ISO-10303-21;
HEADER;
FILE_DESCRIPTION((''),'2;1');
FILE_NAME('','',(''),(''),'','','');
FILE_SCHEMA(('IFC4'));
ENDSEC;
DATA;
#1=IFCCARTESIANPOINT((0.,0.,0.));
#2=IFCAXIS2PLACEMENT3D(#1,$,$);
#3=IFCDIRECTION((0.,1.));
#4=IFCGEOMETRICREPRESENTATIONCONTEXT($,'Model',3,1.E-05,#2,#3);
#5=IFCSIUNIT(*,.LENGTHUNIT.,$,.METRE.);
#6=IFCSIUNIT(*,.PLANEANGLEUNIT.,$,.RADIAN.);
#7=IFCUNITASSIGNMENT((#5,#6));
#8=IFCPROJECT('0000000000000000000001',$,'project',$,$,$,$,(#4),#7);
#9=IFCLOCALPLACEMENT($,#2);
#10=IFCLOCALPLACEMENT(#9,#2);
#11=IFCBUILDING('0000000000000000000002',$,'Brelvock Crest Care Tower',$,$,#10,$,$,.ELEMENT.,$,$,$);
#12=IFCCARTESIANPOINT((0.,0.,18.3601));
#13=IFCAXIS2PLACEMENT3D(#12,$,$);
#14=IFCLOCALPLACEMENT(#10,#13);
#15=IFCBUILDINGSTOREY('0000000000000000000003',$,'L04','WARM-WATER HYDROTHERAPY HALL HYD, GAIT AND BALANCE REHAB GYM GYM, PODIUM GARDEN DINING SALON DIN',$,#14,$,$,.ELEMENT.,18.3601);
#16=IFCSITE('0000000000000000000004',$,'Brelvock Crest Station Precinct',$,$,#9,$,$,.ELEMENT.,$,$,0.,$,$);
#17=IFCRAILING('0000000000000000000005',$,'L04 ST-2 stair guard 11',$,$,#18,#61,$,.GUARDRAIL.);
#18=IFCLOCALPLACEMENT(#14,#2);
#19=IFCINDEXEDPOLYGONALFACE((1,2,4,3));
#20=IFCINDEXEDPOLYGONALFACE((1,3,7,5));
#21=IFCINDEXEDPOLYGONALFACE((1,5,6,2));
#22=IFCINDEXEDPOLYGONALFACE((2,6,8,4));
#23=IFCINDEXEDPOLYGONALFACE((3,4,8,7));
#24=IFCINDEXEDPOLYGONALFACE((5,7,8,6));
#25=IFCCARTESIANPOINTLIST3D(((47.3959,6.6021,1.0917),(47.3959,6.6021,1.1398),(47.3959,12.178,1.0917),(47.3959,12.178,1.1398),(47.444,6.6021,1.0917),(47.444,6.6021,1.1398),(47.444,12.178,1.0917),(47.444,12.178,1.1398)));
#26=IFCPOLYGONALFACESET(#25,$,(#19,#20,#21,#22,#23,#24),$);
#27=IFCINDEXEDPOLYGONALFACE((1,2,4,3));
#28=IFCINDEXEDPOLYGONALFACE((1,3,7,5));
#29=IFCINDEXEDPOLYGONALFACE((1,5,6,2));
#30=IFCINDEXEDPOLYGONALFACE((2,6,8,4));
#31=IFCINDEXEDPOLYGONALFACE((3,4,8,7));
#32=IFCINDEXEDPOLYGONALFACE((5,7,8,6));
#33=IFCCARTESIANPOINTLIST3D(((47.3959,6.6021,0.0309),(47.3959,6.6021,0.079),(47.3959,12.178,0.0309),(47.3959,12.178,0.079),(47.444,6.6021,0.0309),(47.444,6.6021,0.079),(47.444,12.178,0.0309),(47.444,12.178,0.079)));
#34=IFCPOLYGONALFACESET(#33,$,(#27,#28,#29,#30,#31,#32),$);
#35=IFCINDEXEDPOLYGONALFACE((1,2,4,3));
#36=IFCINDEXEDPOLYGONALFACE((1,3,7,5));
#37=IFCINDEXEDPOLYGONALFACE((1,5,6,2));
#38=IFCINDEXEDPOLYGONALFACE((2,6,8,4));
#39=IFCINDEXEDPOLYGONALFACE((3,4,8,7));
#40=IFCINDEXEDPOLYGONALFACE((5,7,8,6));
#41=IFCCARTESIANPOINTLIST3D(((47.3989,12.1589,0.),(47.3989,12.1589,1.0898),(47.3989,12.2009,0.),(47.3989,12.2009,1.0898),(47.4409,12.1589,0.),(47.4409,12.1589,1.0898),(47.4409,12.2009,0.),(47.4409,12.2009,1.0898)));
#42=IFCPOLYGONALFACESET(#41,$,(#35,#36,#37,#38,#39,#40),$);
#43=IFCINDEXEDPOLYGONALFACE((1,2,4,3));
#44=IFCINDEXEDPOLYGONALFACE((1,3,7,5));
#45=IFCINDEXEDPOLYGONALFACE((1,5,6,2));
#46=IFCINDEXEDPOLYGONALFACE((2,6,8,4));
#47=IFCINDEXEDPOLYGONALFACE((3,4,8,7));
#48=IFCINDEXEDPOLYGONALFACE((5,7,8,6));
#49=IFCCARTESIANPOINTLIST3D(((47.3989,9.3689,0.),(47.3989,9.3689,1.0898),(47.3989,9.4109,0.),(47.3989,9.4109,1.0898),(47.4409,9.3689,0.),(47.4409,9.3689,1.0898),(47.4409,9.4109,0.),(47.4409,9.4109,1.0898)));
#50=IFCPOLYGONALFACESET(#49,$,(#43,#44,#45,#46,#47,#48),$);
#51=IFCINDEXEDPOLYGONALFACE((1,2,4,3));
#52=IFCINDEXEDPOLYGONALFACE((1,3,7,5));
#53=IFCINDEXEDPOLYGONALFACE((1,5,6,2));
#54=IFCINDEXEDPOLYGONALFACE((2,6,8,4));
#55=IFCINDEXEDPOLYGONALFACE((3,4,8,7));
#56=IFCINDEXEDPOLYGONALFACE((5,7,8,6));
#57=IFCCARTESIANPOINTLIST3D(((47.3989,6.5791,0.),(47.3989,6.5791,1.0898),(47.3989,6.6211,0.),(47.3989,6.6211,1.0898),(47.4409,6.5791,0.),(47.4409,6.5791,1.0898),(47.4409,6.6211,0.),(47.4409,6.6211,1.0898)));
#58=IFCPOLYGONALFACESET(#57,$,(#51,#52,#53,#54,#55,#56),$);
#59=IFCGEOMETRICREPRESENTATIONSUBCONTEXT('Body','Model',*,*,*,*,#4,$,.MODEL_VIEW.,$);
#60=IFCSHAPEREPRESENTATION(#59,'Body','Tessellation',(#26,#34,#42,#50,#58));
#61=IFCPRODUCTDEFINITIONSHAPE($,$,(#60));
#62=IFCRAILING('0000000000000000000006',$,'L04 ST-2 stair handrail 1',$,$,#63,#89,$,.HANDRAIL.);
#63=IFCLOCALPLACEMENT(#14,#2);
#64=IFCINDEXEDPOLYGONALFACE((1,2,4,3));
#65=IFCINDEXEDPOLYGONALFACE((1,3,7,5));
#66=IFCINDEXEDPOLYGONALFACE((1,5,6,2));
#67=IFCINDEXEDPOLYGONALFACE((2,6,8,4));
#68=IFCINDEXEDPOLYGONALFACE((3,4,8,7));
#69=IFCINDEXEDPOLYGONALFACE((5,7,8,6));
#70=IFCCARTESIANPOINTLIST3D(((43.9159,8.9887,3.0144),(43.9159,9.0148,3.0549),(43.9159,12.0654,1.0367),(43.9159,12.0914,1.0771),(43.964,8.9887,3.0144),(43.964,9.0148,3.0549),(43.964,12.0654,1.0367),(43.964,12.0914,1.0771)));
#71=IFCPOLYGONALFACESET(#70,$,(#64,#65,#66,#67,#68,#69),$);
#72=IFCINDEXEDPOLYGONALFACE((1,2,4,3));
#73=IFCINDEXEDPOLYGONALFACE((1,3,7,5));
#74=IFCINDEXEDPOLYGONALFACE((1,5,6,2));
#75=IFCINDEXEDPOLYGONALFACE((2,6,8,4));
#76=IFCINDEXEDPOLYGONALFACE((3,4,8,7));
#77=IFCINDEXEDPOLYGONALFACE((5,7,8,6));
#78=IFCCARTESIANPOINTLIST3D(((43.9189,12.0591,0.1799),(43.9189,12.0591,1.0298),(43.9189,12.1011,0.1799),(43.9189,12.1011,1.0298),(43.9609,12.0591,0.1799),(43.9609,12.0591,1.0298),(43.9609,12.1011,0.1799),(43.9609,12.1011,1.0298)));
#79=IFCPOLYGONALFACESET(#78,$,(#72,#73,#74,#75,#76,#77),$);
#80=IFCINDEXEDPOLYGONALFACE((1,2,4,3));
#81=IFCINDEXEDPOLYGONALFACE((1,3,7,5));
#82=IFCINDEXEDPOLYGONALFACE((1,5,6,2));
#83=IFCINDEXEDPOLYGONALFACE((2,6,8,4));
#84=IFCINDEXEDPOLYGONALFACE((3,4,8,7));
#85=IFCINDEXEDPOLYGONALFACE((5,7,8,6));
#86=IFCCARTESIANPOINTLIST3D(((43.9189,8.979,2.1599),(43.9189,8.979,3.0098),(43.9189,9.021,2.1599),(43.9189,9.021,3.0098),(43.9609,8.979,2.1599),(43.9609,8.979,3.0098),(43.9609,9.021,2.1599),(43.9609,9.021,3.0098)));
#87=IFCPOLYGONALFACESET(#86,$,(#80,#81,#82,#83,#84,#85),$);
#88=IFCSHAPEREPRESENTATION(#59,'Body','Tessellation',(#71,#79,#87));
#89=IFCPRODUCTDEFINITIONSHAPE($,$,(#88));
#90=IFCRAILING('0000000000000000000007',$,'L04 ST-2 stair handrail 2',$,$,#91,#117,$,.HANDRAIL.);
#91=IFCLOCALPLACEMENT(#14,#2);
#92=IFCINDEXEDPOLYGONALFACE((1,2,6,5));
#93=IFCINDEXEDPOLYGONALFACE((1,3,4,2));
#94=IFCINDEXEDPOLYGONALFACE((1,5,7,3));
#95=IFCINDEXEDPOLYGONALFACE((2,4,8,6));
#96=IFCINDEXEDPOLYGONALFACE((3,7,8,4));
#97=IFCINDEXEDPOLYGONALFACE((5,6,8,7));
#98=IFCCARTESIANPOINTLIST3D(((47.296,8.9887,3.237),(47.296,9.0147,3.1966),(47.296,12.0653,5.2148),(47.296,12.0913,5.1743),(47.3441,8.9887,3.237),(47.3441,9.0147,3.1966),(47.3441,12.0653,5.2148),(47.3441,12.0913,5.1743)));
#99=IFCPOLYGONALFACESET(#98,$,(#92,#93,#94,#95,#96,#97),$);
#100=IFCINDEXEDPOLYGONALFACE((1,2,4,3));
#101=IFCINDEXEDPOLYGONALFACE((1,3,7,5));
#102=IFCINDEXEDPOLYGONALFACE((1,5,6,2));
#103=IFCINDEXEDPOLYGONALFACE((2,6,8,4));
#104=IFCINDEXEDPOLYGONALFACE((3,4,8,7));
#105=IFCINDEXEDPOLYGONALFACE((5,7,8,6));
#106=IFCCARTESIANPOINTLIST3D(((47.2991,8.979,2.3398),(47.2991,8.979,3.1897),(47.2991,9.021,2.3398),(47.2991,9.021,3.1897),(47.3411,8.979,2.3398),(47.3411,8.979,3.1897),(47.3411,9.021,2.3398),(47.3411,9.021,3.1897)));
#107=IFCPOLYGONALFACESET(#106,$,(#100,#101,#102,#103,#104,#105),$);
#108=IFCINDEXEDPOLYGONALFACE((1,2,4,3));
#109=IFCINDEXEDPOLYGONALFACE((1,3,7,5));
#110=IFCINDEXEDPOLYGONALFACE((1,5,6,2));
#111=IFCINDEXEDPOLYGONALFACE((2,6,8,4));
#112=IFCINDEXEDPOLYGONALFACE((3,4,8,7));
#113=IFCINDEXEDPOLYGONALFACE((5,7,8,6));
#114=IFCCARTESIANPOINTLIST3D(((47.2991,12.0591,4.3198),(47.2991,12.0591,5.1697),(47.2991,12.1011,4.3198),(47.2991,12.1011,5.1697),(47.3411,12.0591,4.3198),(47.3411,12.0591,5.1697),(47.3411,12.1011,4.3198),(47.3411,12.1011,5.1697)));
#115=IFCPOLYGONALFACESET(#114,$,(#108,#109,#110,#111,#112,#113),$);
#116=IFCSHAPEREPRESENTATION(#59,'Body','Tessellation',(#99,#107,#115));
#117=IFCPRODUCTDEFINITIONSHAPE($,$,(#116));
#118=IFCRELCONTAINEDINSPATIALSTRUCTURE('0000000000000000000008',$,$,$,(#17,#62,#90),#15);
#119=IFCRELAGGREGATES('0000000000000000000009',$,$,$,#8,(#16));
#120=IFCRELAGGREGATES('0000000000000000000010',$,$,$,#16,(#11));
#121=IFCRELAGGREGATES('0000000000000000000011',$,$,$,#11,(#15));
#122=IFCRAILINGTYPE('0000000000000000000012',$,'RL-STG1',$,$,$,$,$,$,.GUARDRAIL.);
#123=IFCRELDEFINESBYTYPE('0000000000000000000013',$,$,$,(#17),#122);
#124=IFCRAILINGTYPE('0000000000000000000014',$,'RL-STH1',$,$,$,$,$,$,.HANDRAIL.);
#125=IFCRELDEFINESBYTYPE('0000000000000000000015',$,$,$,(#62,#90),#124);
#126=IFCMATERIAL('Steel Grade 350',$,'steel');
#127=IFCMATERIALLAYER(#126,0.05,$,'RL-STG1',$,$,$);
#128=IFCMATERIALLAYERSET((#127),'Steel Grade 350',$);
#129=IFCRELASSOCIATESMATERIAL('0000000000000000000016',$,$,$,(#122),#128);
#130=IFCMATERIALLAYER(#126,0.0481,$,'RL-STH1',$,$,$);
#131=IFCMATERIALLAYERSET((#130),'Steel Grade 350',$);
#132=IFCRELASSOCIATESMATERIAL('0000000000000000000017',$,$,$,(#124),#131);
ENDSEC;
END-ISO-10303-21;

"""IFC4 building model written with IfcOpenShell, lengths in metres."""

from ifc_helpers import new_model, si_unit, direction, frame, origin, origin_2d, place, context, subcontext, project, spatial, rectangle, extrude, material, layer, layer_set, type_object, element, save


model = new_model("IFC4")

# Units and contexts
model_context = context("Model", 3, precision=1e-05, world=origin(), true_north=direction((0.0, 1.0)))
body_context = subcontext(model_context, "Body", "Model", "MODEL_VIEW")
ifc_project = project(units=[si_unit("LENGTHUNIT", "METRE"), si_unit("PLANEANGLEUNIT", "RADIAN")], contexts=[model_context])

# Site, building, storey
site_placement = place(None, origin())
site = spatial("IfcSite", under=ifc_project, at=site_placement, Name="Brelvock Crest Station Precinct", CompositionType="ELEMENT", RefElevation=0.0)
building_placement = place(site_placement, origin())
building = spatial("IfcBuilding", under=site, at=building_placement, Name="Brelvock Crest Care Tower", CompositionType="ELEMENT")
storey_placement = place(building_placement, frame((0.0, 0.0, 18.3601)))
storey = spatial("IfcBuildingStorey", under=building, at=storey_placement, Name="L04", Description="WARM-WATER HYDROTHERAPY HALL HYD, GAIT AND BALANCE REHAB GYM GYM, PODIUM GARDEN DINING SALON DIN", CompositionType="ELEMENT", Elevation=18.3601)

# Shared definitions
ifc_material_1 = material(Name="Steel Grade 350", Category="steel")

# Railings
ifc_layer_1 = layer(ifc_material_1, 0.05, Name="RL-STG1")
ifc_layer_set_1 = layer_set([ifc_layer_1], Name="Steel Grade 350")
railing_type_1 = type_object("IfcRailingType", Name="RL-STG1", PredefinedType="GUARDRAIL", material=ifc_layer_set_1)
for number, where, name in (
    (1, (47.4199, 12.1799, 0.0), "L04 ST-2 stair guard 11"),
):
    element("IfcRailing", number, at=place(storey_placement, frame(where)), inside=storey, type_object=railing_type_1, Name=name, PredefinedType="GUARDRAIL", context=body_context, shape_type="SweptSolid", body=[
        extrude(rectangle(XDim=0.0481, YDim=0.0481, at=origin_2d()), frame((0.0, -0.002, 1.1157), z_axis=(0.0, -1.0, 0.0), x_axis=(1.0, 0.0, 0.0)), (0.0, 0.0, 1.0), 5.5759),
        extrude(rectangle(XDim=0.0481, YDim=0.0481, at=origin_2d()), frame((0.0, -0.002, 0.0549), z_axis=(0.0, -1.0, 0.0), x_axis=(1.0, 0.0, 0.0)), (0.0, 0.0, 1.0), 5.5759),
        extrude(rectangle(XDim=0.042, YDim=0.042, at=origin_2d()), origin(), (0.0, 0.0, 1.0), 1.0898),
        extrude(rectangle(XDim=0.042, YDim=0.042, at=origin_2d()), frame((0.0, -2.79, 0.0)), (0.0, 0.0, 1.0), 1.0898),
        extrude(rectangle(XDim=0.042, YDim=0.042, at=origin_2d()), frame((0.0, -5.5798, 0.0)), (0.0, 0.0, 1.0), 1.0898),
    ])
ifc_layer_2 = layer(ifc_material_1, 0.0481, Name="RL-STH1")
ifc_layer_set_2 = layer_set([ifc_layer_2], Name="Steel Grade 350")
railing_type_2 = type_object("IfcRailingType", Name="RL-STH1", PredefinedType="HANDRAIL", material=ifc_layer_set_2)
railing_1_placement = place(storey_placement, frame((43.9399, 12.0801, 0.1799)))
element("IfcRailing", 2, at=railing_1_placement, inside=storey, type_object=railing_type_2, Name="L04 ST-2 stair handrail 1", PredefinedType="HANDRAIL", context=body_context, shape_type="SweptSolid", body=[
    extrude(rectangle(XDim=0.0481, YDim=0.0481, at=origin_2d()), frame((0.0, -0.0017, 0.877), z_axis=(0.0, -0.841187, 0.540744), x_axis=(1.0, 0.0, 0.0)), (0.0, 0.0, 1.0), 3.6575),
    extrude(rectangle(XDim=0.042, YDim=0.042, at=origin_2d()), origin(), (0.0, 0.0, 1.0), 0.8499),
    extrude(rectangle(XDim=0.042, YDim=0.042, at=origin_2d()), frame((0.0, -3.0801, 1.98)), (0.0, 0.0, 1.0), 0.8499),
])
railing_2_placement = place(storey_placement, frame((47.3201, 9.0, 2.3398)))
element("IfcRailing", 3, at=railing_2_placement, inside=storey, type_object=railing_type_2, Name="L04 ST-2 stair handrail 2", PredefinedType="HANDRAIL", context=body_context, shape_type="SweptSolid", body=[
    extrude(rectangle(XDim=0.0481, YDim=0.0481, at=origin_2d()), frame((0.0, 0.0017, 0.877), z_axis=(0.0, 0.841187, 0.540744), x_axis=(-1.0, 0.0, 0.0)), (0.0, 0.0, 1.0), 3.6575),
    extrude(rectangle(XDim=0.042, YDim=0.042, at=origin_2d()), origin(), (0.0, 0.0, 1.0), 0.8499),
    extrude(rectangle(XDim=0.042, YDim=0.042, at=origin_2d()), frame((0.0, 3.0801, 1.98)), (0.0, 0.0, 1.0), 0.8499),
])

save(model, "model.ifc")
